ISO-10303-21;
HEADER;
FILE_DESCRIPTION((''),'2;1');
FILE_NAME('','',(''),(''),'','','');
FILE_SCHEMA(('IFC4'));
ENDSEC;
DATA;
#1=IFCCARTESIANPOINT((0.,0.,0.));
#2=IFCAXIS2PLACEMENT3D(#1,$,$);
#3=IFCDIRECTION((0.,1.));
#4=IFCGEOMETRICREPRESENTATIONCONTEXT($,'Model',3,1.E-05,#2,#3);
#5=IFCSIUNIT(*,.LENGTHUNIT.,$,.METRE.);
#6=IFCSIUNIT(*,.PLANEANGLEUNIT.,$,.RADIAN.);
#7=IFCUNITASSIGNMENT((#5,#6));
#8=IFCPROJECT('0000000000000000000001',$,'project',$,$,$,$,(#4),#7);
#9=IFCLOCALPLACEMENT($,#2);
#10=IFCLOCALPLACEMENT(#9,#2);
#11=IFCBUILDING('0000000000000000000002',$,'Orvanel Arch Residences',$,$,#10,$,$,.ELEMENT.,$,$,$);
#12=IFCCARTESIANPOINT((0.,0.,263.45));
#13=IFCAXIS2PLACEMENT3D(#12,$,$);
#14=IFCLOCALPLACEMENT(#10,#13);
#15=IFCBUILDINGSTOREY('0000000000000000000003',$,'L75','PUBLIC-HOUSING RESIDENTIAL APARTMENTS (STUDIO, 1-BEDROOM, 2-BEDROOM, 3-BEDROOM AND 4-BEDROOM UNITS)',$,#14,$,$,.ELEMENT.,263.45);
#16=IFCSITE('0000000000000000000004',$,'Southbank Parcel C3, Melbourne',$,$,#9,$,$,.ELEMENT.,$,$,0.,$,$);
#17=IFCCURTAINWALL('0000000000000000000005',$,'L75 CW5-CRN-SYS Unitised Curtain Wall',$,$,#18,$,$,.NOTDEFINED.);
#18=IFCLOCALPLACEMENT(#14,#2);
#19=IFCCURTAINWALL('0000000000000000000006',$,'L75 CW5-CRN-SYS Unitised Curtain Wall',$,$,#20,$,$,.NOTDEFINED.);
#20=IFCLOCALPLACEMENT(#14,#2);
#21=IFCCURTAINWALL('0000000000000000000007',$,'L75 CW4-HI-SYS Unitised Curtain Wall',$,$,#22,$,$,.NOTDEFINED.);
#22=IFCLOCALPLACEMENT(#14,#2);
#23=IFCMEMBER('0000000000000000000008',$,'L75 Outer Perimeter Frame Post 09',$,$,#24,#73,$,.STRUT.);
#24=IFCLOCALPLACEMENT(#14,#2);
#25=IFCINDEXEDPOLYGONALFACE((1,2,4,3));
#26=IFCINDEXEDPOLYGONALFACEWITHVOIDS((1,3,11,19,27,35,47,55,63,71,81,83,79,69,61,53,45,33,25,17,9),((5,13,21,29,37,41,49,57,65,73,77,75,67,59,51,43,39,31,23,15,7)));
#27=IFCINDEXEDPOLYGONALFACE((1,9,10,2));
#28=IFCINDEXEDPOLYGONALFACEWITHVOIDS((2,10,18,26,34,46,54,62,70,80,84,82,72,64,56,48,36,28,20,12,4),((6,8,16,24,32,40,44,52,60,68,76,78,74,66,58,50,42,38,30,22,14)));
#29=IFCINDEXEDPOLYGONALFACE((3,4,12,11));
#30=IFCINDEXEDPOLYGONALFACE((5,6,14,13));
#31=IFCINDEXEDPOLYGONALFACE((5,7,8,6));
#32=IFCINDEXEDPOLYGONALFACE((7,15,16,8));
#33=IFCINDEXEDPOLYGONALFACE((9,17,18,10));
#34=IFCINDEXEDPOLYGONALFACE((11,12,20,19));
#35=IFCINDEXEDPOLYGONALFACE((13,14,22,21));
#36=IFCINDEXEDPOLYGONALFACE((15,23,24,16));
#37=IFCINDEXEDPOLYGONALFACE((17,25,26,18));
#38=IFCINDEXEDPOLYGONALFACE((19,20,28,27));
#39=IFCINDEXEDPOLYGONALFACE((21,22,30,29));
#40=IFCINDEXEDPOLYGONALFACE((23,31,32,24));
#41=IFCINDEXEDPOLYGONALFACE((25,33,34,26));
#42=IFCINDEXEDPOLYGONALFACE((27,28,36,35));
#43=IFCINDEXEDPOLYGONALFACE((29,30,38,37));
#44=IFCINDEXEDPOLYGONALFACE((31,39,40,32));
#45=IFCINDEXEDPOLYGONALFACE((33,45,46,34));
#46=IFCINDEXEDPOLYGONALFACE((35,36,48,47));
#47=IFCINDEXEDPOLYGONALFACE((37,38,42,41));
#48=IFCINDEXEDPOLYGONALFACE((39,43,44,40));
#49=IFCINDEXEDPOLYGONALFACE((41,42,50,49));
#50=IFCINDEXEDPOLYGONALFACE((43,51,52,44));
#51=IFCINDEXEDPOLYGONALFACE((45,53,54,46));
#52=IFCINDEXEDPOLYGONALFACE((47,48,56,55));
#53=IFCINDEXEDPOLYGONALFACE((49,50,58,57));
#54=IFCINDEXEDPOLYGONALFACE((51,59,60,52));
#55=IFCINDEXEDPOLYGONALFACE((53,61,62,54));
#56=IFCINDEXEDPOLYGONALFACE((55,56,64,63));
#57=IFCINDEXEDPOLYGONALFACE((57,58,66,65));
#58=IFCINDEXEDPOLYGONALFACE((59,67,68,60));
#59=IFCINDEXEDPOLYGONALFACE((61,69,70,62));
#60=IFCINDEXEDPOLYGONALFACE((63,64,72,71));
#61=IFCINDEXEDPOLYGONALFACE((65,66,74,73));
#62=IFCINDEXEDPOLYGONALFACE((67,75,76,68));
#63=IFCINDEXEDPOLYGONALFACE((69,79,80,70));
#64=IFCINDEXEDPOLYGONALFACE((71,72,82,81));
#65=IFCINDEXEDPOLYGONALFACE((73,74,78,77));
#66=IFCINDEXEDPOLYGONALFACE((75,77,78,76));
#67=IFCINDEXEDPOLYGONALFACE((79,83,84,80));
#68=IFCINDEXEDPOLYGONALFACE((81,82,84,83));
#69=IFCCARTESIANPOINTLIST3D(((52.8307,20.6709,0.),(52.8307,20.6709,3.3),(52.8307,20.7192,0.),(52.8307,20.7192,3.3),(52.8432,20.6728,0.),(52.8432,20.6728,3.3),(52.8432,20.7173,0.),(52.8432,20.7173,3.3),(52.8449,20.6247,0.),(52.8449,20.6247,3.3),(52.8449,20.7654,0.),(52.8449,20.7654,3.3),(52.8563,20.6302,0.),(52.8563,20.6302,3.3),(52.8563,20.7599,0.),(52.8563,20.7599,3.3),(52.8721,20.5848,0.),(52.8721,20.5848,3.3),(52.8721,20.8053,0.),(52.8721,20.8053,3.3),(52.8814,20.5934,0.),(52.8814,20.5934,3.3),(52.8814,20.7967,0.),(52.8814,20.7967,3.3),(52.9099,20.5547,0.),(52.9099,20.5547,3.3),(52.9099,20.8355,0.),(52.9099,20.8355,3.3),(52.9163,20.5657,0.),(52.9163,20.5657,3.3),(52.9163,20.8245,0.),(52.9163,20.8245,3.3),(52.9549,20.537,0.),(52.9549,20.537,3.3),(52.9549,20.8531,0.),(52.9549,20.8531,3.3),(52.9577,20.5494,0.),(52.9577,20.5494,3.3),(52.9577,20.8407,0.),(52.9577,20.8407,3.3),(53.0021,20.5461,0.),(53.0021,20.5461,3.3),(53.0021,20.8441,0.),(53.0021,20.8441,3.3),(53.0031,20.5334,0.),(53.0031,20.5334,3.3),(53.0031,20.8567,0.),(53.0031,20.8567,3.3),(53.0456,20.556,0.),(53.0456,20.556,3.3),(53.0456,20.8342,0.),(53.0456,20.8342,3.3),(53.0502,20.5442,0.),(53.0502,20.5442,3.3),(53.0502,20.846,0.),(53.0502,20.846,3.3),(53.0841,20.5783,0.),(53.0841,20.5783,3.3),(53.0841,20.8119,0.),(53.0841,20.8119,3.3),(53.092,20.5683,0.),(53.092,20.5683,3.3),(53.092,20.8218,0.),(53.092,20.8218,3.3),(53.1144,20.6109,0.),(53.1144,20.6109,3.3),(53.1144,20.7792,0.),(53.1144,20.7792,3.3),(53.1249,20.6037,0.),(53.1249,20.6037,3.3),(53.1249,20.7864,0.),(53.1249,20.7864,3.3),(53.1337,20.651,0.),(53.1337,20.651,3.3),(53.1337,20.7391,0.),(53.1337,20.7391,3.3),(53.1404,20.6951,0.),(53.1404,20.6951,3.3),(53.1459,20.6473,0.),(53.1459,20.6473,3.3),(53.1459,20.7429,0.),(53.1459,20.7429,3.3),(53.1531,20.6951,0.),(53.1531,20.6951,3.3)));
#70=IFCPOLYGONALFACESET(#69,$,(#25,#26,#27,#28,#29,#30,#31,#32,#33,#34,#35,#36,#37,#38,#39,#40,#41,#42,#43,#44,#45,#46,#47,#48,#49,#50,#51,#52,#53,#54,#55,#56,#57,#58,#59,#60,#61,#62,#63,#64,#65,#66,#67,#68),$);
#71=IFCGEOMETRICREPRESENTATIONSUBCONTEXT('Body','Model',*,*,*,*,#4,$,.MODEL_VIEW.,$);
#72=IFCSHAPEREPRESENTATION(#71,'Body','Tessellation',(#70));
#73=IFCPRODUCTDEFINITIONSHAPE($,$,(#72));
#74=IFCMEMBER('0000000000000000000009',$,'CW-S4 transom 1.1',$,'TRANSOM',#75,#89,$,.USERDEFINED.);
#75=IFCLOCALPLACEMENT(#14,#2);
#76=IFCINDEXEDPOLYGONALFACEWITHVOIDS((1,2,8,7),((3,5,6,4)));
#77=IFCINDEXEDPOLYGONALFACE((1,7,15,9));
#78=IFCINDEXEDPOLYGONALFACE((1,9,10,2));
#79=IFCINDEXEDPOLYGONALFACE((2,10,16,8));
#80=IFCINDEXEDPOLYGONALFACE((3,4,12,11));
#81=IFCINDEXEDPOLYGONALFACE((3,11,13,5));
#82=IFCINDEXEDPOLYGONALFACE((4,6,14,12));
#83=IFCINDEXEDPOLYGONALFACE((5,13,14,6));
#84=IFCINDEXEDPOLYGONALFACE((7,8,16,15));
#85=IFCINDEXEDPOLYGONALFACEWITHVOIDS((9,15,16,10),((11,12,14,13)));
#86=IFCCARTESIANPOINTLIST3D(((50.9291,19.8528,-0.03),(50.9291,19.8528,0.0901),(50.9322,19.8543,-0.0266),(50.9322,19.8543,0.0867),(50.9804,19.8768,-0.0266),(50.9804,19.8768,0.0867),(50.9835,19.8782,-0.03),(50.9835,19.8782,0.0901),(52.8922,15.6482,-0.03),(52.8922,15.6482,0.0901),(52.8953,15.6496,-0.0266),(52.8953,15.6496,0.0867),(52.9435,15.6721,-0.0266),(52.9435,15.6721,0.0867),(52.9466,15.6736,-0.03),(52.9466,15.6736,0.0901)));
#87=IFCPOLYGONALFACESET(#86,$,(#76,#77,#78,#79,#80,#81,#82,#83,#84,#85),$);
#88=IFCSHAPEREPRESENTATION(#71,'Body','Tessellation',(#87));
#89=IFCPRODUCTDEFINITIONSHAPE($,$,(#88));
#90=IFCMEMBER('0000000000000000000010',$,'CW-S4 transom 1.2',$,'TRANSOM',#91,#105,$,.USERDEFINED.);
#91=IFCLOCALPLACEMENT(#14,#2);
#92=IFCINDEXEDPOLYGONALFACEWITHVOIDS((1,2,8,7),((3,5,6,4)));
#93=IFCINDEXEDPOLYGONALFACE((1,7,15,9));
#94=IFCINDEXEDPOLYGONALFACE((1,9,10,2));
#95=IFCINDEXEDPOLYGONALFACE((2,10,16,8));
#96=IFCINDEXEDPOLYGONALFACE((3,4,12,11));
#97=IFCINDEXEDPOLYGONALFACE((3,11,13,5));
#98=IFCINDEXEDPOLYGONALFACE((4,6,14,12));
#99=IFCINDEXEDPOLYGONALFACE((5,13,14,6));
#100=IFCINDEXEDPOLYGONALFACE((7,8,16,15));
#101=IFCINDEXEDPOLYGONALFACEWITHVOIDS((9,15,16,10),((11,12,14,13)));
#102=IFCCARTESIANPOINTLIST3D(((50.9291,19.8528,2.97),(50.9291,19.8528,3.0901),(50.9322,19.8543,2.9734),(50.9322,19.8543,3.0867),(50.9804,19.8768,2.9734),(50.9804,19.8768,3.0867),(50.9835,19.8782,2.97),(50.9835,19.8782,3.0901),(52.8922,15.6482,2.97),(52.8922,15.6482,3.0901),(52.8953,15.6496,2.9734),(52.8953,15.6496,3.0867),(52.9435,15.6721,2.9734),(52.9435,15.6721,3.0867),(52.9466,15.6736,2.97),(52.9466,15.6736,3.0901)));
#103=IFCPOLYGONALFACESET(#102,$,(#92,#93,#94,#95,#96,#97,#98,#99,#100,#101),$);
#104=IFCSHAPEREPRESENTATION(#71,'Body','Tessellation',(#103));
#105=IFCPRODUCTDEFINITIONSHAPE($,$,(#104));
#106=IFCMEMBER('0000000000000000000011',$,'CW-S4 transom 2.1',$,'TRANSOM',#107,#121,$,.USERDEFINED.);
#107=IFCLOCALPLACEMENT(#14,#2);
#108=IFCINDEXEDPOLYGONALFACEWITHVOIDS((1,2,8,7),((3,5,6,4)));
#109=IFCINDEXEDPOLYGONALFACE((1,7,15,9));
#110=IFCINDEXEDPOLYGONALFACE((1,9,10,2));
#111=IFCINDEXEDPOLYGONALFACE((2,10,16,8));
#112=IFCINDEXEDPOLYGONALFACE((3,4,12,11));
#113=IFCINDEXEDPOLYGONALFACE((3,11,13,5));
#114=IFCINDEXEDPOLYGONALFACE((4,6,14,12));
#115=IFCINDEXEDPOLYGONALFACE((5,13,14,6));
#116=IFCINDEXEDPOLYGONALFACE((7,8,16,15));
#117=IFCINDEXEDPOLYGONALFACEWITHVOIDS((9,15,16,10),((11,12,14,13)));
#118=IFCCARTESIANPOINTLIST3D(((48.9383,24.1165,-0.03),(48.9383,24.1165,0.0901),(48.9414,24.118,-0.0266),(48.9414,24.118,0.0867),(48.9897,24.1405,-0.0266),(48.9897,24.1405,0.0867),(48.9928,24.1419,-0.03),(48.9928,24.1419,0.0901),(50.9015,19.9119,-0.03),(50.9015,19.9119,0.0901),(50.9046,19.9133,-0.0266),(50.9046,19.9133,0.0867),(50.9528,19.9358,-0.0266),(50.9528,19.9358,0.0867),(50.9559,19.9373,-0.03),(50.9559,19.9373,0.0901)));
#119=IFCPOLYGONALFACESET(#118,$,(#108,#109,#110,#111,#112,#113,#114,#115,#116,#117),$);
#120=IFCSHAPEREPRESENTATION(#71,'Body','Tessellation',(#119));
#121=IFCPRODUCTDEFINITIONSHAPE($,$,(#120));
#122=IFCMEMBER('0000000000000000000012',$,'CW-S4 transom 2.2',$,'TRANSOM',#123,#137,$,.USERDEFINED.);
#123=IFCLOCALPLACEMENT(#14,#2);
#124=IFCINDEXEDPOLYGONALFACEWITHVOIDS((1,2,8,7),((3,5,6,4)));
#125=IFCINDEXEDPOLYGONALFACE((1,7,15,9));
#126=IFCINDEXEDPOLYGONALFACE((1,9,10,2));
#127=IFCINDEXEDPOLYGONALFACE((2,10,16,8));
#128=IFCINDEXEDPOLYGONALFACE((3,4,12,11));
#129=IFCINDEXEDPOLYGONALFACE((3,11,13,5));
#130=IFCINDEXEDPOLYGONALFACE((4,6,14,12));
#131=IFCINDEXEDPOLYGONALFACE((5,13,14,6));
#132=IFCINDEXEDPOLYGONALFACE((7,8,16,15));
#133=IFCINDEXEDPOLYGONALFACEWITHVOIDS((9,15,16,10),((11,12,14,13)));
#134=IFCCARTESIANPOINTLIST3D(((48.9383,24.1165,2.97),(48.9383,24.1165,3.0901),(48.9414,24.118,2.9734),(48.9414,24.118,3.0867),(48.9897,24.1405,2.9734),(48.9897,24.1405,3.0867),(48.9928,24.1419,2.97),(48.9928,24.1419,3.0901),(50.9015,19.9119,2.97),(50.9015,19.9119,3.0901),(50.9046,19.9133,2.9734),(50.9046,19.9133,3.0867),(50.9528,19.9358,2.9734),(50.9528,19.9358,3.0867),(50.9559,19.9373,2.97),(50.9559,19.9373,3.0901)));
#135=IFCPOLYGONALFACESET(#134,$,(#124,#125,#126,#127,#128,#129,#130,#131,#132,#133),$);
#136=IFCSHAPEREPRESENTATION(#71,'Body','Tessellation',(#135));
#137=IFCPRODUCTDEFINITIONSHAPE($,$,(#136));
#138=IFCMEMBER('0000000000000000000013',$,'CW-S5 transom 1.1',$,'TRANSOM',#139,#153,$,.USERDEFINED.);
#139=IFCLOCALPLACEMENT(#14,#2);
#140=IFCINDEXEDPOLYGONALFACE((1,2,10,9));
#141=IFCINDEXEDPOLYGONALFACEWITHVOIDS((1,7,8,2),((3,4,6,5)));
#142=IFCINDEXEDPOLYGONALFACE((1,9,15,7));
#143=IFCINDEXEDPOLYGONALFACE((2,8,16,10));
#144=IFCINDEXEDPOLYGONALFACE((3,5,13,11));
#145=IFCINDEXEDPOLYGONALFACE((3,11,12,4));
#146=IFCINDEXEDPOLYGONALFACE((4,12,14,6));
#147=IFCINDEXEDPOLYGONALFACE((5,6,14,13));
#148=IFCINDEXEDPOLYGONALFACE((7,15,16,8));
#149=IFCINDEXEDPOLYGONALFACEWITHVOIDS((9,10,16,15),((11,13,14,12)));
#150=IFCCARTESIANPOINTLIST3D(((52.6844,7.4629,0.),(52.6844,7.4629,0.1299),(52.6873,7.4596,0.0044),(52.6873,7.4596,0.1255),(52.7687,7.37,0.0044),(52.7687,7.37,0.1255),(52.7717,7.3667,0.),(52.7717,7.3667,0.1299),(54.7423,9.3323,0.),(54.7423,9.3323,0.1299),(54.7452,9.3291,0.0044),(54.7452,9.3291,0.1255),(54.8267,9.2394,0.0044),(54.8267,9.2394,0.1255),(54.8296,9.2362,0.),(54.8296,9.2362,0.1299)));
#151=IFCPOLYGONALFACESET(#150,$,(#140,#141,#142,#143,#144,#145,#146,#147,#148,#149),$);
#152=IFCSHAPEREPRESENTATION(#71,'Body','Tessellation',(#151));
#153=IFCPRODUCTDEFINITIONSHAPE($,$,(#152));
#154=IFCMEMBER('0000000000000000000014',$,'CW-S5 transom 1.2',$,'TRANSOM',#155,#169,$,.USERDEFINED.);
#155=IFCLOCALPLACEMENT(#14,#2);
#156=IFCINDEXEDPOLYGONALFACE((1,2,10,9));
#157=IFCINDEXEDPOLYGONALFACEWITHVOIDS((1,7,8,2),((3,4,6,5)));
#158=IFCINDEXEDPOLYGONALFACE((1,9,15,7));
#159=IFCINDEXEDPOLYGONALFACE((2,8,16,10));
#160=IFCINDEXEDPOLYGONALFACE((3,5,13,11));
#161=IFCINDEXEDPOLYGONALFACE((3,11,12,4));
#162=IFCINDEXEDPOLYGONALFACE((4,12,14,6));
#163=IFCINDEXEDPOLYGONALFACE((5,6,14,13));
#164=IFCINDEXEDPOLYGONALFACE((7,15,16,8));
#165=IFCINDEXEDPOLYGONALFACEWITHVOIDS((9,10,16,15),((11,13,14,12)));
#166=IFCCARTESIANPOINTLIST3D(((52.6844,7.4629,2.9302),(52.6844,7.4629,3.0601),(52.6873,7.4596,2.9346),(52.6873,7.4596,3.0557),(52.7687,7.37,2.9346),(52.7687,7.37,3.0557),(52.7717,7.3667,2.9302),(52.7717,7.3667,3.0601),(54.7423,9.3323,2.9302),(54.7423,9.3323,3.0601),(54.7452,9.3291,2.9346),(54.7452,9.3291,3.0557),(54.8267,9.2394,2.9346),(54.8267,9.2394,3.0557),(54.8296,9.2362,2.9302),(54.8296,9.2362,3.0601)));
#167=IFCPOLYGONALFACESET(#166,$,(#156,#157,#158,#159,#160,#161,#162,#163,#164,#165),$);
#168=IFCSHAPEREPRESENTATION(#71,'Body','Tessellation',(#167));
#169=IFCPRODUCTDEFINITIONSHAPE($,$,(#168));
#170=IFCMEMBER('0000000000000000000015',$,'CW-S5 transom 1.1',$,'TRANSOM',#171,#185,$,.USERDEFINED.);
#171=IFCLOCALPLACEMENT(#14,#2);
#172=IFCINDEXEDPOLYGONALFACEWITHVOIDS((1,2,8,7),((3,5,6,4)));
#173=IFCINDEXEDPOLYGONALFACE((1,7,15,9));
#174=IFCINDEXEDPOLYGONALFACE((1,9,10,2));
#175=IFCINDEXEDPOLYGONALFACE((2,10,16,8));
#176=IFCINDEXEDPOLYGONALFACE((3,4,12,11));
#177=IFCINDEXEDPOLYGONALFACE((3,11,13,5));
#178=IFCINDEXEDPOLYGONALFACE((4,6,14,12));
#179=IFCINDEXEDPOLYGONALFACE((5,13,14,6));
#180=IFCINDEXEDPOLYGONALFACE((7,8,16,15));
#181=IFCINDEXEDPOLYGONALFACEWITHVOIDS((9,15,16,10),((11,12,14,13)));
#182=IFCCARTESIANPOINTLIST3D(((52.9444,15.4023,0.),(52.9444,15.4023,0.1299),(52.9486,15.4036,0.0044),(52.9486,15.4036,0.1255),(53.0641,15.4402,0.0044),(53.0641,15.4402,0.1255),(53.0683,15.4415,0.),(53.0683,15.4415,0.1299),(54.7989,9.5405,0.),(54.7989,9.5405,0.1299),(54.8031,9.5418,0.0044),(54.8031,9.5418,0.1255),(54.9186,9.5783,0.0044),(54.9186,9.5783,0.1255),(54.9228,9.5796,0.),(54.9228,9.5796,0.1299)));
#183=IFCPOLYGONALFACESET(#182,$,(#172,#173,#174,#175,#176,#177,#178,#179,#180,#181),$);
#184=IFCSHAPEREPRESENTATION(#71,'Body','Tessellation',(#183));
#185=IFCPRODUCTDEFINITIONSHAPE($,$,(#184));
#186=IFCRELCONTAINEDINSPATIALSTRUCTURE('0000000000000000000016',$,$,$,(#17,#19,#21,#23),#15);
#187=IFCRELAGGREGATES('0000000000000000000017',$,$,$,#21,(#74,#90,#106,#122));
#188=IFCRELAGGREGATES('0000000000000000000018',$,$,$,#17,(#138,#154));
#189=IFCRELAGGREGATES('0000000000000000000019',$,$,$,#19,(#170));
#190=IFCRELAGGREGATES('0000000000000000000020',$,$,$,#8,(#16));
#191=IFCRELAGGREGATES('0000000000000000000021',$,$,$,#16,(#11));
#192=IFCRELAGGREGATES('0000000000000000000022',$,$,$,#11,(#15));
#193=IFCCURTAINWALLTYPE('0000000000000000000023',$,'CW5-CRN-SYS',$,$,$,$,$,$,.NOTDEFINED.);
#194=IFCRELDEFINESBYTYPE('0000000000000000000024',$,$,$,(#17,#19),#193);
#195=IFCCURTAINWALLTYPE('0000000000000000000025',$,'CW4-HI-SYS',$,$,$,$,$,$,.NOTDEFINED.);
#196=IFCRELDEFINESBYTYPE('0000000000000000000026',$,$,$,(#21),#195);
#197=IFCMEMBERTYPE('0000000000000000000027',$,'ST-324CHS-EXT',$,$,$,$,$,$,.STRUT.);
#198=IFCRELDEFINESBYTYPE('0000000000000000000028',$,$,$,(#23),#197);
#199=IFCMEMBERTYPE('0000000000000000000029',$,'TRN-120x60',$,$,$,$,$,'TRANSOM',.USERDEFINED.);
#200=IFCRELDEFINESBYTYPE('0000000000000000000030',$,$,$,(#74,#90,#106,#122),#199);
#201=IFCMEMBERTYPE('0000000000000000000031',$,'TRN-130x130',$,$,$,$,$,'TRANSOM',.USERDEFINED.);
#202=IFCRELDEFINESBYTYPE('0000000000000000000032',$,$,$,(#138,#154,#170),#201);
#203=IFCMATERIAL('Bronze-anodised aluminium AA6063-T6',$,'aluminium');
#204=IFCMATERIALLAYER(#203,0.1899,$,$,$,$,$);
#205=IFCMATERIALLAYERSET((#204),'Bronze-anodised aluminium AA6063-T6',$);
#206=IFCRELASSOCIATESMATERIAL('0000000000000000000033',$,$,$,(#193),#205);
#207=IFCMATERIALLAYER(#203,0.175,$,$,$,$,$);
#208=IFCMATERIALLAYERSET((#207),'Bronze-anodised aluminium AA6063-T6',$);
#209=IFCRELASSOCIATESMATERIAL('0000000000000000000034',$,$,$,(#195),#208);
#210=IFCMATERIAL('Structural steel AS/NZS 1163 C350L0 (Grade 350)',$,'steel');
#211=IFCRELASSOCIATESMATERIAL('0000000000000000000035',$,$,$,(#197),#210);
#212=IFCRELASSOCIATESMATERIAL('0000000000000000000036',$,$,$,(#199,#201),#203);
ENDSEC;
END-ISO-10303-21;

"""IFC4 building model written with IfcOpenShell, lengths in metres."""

from ifc_helpers import new_model, si_unit, direction, frame, origin, origin_2d, place, context, subcontext, project, spatial, hollow_rectangle, hollow_circle, extrude, material, layer, layer_set, material_profile, profile_set, type_object, element, aggregate, save


model = new_model("IFC4")

# Units and contexts
model_context = context("Model", 3, precision=1e-05, world=origin(), true_north=direction((0.0, 1.0)))
body_context = subcontext(model_context, "Body", "Model", "MODEL_VIEW")
ifc_project = project(units=[si_unit("LENGTHUNIT", "METRE"), si_unit("PLANEANGLEUNIT", "RADIAN")], contexts=[model_context])

# Site, building, storey
site_placement = place(None, origin())
site = spatial("IfcSite", under=ifc_project, at=site_placement, Name="Southbank Parcel C3, Melbourne", CompositionType="ELEMENT", RefElevation=0.0)
building_placement = place(site_placement, origin())
building = spatial("IfcBuilding", under=site, at=building_placement, Name="Orvanel Arch Residences", CompositionType="ELEMENT")
storey_placement = place(building_placement, frame((0.0, 0.0, 263.45)))
storey = spatial("IfcBuildingStorey", under=building, at=storey_placement, Name="L75", Description="PUBLIC-HOUSING RESIDENTIAL APARTMENTS (STUDIO, 1-BEDROOM, 2-BEDROOM, 3-BEDROOM AND 4-BEDROOM UNITS)", CompositionType="ELEMENT", Elevation=263.45)

# Curtain walls
ifc_material_1 = material(Name="Bronze-anodised aluminium AA6063-T6", Category="aluminium")
ifc_layer_1 = layer(ifc_material_1, 0.1899)
ifc_layer_set_1 = layer_set([ifc_layer_1], Name="Bronze-anodised aluminium AA6063-T6")
curtain_wall_type_1 = type_object("IfcCurtainWallType", Name="CW5-CRN-SYS", PredefinedType="NOTDEFINED", material=ifc_layer_set_1)
curtain_wall_1_placement = place(storey_placement, origin())
curtain_wall_1 = element("IfcCurtainWall", 1, at=curtain_wall_1_placement, inside=storey, type_object=curtain_wall_type_1, Name="L75 CW5-CRN-SYS Unitised Curtain Wall", PredefinedType="NOTDEFINED")
curtain_wall_2_placement = place(storey_placement, origin())
curtain_wall_2 = element("IfcCurtainWall", 2, at=curtain_wall_2_placement, inside=storey, type_object=curtain_wall_type_1, Name="L75 CW5-CRN-SYS Unitised Curtain Wall", PredefinedType="NOTDEFINED")

# Shared definitions
ifc_layer_2 = layer(ifc_material_1, 0.175)
ifc_layer_set_2 = layer_set([ifc_layer_2], Name="Bronze-anodised aluminium AA6063-T6")
curtain_wall_type_2 = type_object("IfcCurtainWallType", Name="CW4-HI-SYS", PredefinedType="NOTDEFINED", material=ifc_layer_set_2)

# Curtain wall
curtain_wall_3_placement = place(storey_placement, origin())
curtain_wall_3 = element("IfcCurtainWall", 3, at=curtain_wall_3_placement, inside=storey, type_object=curtain_wall_type_2, Name="L75 CW4-HI-SYS Unitised Curtain Wall", PredefinedType="NOTDEFINED")

# Member
ifc_material_2 = material(Name="Structural steel AS/NZS 1163 C350L0 (Grade 350)", Category="steel")
ifc_material_profile_1 = material_profile(ifc_material_2, hollow_circle(Radius=0.1621, WallThickness=0.0127, at=origin_2d()), Name="CHS324x12.7")
ifc_profile_set_1 = profile_set([ifc_material_profile_1], Name="Structural steel AS/NZS 1163 C350L0 (Grade 350)")
member_type_1 = type_object("IfcMemberType", Name="ST-324CHS-EXT", PredefinedType="STRUT", material=ifc_profile_set_1)
for number, where, z_axis, x_axis, name in (
    (4, (52.991, 20.6951, 0.0), (0.0, 0.0, 1.0), (1.0, 0.0, 0.0), "L75 Outer Perimeter Frame Post 09"),
):
    element("IfcMember", number, at=place(storey_placement, frame(where, z_axis=z_axis, x_axis=x_axis)), inside=storey, type_object=member_type_1, Name=name, PredefinedType="STRUT", context=body_context, shape_type="SweptSolid", body=[
        extrude(hollow_circle(Radius=0.1621, WallThickness=0.0127, at=origin_2d()), origin(), (0.0, 0.0, 1.0), 3.3),
    ])

# Members
ifc_material_profile_2 = material_profile(ifc_material_1, hollow_rectangle(XDim=0.0601, YDim=0.1201, WallThickness=0.0034, at=origin_2d()), Name="ALU120x60x3.5")
ifc_profile_set_2 = profile_set([ifc_material_profile_2], Name="Bronze-anodised aluminium AA6063-T6")
member_type_2 = type_object("IfcMemberType", Name="TRN-120x60", ElementType="TRANSOM", PredefinedType="USERDEFINED", material=ifc_profile_set_2)
member_1_placement = place(storey_placement, frame((52.9194, 15.6609, 0.03), z_axis=(-0.423061, 0.906101, 0.0), x_axis=(-0.906101, -0.423061, 0.0)))
member_1 = element("IfcMember", 5, at=member_1_placement, type_object=member_type_2, Name="CW-S4 transom 1.1", ObjectType="TRANSOM", PredefinedType="USERDEFINED", context=body_context, shape_type="SweptSolid", body=[
    extrude(hollow_rectangle(XDim=0.0601, YDim=0.1201, WallThickness=0.0034, at=origin_2d()), origin(), (0.0, 0.0, 1.0), 4.6404),
])
member_2_placement = place(storey_placement, frame((52.9194, 15.6609, 3.03), z_axis=(-0.423061, 0.906101, 0.0), x_axis=(-0.906101, -0.423061, 0.0)))
member_2 = element("IfcMember", 6, at=member_2_placement, type_object=member_type_2, Name="CW-S4 transom 1.2", ObjectType="TRANSOM", PredefinedType="USERDEFINED", context=body_context, shape_type="SweptSolid", body=[
    extrude(hollow_rectangle(XDim=0.0601, YDim=0.1201, WallThickness=0.0034, at=origin_2d()), origin(), (0.0, 0.0, 1.0), 4.6404),
])
member_3_placement = place(storey_placement, frame((50.9287, 19.9246, 0.03), z_axis=(-0.423061, 0.906101, 0.0), x_axis=(-0.906101, -0.423061, 0.0)))
member_3 = element("IfcMember", 7, at=member_3_placement, type_object=member_type_2, Name="CW-S4 transom 2.1", ObjectType="TRANSOM", PredefinedType="USERDEFINED", context=body_context, shape_type="SweptSolid", body=[
    extrude(hollow_rectangle(XDim=0.0601, YDim=0.1201, WallThickness=0.0034, at=origin_2d()), origin(), (0.0, 0.0, 1.0), 4.6404),
])
member_4_placement = place(storey_placement, frame((50.9287, 19.9246, 3.03), z_axis=(-0.423061, 0.906101, 0.0), x_axis=(-0.906101, -0.423061, 0.0)))
member_4 = element("IfcMember", 8, at=member_4_placement, type_object=member_type_2, Name="CW-S4 transom 2.2", ObjectType="TRANSOM", PredefinedType="USERDEFINED", context=body_context, shape_type="SweptSolid", body=[
    extrude(hollow_rectangle(XDim=0.0601, YDim=0.1201, WallThickness=0.0034, at=origin_2d()), origin(), (0.0, 0.0, 1.0), 4.6404),
])
ifc_material_profile_3 = material_profile(ifc_material_1, hollow_rectangle(XDim=0.1299, YDim=0.1299, WallThickness=0.0044, at=origin_2d()), Name="ALU130x130x4.5")
ifc_profile_set_3 = profile_set([ifc_material_profile_3], Name="Bronze-anodised aluminium AA6063-T6")
member_type_3 = type_object("IfcMemberType", Name="TRN-130x130", ElementType="TRANSOM", PredefinedType="USERDEFINED", material=ifc_profile_set_3)
member_5_placement = place(storey_placement, frame((52.728, 7.4148, 0.0649), z_axis=(0.74019, 0.672397, 0.0), x_axis=(-0.672397, 0.74019, 0.0)))
member_5 = element("IfcMember", 9, at=member_5_placement, type_object=member_type_3, Name="CW-S5 transom 1.1", ObjectType="TRANSOM", PredefinedType="USERDEFINED", context=body_context, shape_type="SweptSolid", body=[
    extrude(hollow_rectangle(XDim=0.1299, YDim=0.1299, WallThickness=0.0044, at=origin_2d()), origin(), (0.0, 0.0, 1.0), 2.7803),
])
member_6_placement = place(storey_placement, frame((52.728, 7.4148, 2.9951), z_axis=(0.74019, 0.672397, 0.0), x_axis=(-0.672397, 0.74019, 0.0)))
member_6 = element("IfcMember", 10, at=member_6_placement, type_object=member_type_3, Name="CW-S5 transom 1.2", ObjectType="TRANSOM", PredefinedType="USERDEFINED", context=body_context, shape_type="SweptSolid", body=[
    extrude(hollow_rectangle(XDim=0.1299, YDim=0.1299, WallThickness=0.0044, at=origin_2d()), origin(), (0.0, 0.0, 1.0), 2.7803),
])
member_7_placement = place(storey_placement, frame((54.8608, 9.5601, 0.0649), z_axis=(-0.301633, 0.953424, 0.0), x_axis=(-0.953424, -0.301633, 0.0)))
member_7 = element("IfcMember", 11, at=member_7_placement, type_object=member_type_3, Name="CW-S5 transom 1.1", ObjectType="TRANSOM", PredefinedType="USERDEFINED", context=body_context, shape_type="SweptSolid", body=[
    extrude(hollow_rectangle(XDim=0.1299, YDim=0.1299, WallThickness=0.0044, at=origin_2d()), origin(), (0.0, 0.0, 1.0), 6.1482),
])

aggregate(curtain_wall_3, [member_1, member_2, member_3, member_4])
aggregate(curtain_wall_1, [member_5, member_6])
aggregate(curtain_wall_2, [member_7])

save(model, "model.ifc")
